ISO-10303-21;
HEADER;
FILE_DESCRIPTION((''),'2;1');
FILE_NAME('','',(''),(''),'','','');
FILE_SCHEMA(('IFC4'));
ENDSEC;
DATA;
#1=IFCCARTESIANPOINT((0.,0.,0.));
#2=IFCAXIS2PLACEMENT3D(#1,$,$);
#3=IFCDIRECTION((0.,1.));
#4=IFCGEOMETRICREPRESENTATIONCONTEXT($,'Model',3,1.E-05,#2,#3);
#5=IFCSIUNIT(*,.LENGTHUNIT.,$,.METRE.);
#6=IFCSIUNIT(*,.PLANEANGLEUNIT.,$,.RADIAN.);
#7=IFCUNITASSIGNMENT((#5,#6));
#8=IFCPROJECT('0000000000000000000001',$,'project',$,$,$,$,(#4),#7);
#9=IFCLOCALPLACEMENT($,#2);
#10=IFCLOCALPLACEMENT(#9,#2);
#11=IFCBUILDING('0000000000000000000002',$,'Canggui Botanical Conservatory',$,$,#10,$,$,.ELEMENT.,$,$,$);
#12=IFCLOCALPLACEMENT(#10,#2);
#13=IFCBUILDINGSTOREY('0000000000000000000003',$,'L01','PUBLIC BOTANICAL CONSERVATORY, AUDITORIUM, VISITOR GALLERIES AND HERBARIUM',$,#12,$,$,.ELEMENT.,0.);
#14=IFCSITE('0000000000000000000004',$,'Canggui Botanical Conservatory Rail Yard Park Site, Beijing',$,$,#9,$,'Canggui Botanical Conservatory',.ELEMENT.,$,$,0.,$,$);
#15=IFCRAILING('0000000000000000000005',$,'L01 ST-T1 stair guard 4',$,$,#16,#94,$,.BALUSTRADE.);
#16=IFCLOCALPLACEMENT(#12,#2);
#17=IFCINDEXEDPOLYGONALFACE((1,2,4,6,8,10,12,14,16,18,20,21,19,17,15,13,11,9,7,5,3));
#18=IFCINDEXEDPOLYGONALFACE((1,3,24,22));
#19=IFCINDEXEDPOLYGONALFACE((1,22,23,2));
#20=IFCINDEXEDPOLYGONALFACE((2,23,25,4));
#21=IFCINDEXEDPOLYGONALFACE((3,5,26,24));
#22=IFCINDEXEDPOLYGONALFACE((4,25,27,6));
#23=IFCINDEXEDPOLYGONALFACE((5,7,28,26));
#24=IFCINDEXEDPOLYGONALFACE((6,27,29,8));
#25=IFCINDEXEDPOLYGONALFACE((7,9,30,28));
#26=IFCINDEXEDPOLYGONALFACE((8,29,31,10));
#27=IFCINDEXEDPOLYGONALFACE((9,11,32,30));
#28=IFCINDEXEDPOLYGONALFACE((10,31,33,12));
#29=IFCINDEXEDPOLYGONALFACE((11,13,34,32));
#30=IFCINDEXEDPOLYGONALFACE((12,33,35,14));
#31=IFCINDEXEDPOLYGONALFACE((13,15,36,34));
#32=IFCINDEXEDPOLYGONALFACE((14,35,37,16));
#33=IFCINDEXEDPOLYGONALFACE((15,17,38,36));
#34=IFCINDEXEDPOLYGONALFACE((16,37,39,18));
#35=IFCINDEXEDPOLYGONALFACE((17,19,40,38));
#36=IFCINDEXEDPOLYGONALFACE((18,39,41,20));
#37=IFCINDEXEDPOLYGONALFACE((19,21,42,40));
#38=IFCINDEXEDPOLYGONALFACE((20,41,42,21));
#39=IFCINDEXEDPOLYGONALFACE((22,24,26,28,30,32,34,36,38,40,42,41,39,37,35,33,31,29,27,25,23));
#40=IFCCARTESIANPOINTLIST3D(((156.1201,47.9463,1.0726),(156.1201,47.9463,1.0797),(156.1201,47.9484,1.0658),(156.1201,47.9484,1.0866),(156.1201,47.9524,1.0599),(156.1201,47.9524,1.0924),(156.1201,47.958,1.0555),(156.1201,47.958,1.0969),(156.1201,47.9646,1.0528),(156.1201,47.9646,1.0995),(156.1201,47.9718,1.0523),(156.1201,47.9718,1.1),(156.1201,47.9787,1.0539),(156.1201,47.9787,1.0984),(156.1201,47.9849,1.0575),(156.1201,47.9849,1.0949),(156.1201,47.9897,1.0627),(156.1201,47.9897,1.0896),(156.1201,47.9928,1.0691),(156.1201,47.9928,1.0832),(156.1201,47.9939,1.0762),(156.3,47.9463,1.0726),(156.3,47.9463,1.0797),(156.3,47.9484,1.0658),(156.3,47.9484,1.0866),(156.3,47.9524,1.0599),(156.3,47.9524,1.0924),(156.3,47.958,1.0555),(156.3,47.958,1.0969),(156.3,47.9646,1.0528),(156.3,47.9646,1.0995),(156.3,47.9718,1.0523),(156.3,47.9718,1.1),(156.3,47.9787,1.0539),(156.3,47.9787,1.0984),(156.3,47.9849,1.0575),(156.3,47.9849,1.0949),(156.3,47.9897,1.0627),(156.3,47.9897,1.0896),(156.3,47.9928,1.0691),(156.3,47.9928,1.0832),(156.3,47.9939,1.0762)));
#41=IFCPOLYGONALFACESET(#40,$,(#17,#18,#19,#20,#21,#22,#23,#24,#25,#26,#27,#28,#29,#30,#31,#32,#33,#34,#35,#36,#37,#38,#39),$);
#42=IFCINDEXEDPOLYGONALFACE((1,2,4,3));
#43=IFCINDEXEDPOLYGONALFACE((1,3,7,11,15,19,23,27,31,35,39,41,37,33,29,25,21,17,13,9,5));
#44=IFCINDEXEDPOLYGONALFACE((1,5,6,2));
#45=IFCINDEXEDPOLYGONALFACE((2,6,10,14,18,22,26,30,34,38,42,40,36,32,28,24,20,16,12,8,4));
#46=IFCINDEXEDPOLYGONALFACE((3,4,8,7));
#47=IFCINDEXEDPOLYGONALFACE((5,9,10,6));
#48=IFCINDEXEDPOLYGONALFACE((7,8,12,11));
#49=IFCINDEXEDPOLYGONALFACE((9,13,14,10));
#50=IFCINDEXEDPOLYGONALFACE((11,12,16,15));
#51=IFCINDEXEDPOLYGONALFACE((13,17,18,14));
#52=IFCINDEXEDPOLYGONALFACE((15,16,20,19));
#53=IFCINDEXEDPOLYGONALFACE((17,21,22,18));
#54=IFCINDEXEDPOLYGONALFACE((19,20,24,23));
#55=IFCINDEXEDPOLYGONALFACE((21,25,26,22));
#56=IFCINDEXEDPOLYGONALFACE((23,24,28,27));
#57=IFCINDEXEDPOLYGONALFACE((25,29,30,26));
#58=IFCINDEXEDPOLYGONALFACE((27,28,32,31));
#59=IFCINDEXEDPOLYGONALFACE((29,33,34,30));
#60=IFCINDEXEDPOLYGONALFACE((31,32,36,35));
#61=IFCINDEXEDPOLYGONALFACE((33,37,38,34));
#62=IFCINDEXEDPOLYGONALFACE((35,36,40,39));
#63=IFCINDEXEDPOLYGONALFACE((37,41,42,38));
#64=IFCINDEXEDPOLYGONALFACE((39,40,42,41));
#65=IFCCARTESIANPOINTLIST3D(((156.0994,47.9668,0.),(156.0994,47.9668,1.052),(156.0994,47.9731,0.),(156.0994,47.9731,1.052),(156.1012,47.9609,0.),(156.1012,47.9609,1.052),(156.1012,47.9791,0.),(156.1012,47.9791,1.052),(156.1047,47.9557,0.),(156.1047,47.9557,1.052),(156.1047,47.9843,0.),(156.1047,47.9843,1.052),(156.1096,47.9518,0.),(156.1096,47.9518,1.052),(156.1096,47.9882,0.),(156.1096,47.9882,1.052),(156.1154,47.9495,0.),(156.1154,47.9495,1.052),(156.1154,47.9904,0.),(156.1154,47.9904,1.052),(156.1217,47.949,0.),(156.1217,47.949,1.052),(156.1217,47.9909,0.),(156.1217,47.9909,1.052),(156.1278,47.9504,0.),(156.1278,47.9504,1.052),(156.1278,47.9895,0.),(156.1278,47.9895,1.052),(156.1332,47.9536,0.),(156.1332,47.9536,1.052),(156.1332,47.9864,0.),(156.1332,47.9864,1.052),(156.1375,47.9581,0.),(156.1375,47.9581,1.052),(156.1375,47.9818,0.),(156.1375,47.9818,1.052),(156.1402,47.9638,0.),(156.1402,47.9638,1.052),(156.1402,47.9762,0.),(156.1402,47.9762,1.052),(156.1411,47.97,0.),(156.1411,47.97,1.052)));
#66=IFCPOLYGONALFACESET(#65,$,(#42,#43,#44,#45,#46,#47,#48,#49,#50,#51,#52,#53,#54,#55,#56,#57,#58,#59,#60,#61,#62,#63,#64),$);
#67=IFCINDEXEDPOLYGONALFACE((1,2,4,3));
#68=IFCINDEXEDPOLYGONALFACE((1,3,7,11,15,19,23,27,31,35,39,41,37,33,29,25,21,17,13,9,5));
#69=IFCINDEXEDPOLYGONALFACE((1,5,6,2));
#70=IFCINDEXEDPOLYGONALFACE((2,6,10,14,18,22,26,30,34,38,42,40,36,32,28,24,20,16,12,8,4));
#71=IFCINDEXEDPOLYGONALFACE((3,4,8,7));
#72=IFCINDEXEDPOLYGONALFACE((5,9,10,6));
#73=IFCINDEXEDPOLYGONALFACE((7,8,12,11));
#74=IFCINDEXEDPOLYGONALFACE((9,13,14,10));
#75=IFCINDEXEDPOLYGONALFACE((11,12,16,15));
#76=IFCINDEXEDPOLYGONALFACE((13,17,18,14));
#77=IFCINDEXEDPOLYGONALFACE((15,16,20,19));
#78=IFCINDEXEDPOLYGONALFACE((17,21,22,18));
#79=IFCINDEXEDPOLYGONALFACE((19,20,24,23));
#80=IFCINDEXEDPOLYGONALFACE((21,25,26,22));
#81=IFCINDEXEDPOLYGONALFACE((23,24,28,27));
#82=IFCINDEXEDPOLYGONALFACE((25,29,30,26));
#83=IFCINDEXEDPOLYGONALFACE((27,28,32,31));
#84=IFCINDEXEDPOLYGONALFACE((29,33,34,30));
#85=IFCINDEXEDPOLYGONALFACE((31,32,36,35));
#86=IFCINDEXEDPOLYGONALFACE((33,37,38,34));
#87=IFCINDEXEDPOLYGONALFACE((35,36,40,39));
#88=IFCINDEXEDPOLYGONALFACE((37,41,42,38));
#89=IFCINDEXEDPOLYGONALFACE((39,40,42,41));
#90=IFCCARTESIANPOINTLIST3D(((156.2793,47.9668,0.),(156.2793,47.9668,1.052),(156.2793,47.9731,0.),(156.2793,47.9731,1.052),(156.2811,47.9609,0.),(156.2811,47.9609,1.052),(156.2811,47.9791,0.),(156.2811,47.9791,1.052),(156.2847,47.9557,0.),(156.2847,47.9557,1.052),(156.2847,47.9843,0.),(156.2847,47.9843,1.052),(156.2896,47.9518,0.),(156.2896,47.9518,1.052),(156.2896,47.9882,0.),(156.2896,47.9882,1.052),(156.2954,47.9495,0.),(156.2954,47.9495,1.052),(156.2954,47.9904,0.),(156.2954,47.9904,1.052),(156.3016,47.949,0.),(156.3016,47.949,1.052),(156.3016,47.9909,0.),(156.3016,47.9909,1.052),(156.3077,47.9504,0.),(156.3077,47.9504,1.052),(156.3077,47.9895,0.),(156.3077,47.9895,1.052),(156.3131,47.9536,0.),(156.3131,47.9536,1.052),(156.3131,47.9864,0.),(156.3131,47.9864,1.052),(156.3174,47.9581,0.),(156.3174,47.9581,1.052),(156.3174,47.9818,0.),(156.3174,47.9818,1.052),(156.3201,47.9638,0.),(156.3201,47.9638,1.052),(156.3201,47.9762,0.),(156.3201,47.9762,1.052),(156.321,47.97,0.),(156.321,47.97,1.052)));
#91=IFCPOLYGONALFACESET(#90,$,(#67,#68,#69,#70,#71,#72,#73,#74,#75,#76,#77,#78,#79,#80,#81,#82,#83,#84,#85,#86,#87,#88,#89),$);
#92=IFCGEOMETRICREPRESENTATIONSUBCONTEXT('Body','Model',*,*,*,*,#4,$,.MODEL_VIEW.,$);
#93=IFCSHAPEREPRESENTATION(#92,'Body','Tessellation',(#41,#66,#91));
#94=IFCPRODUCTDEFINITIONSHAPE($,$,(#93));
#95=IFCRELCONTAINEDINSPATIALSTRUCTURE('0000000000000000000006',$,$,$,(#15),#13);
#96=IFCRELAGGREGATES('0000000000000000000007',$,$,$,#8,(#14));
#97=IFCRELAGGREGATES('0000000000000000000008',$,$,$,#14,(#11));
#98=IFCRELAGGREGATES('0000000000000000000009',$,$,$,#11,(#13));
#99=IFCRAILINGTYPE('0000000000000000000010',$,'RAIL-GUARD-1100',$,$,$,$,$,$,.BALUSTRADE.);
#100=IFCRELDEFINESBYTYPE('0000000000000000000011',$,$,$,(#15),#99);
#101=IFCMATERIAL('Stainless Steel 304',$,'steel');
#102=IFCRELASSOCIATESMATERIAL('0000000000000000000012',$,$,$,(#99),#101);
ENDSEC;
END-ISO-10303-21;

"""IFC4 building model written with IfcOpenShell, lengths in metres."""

from ifc_helpers import new_model, si_unit, direction, frame, origin, origin_2d, place, context, subcontext, project, spatial, circle, extrude, material, type_object, element, save


model = new_model("IFC4")

# Units and contexts
model_context = context("Model", 3, precision=1e-05, world=origin(), true_north=direction((0.0, 1.0)))
body_context = subcontext(model_context, "Body", "Model", "MODEL_VIEW")
ifc_project = project(units=[si_unit("LENGTHUNIT", "METRE"), si_unit("PLANEANGLEUNIT", "RADIAN")], contexts=[model_context])

# Site, building, storey
site_placement = place(None, origin())
site = spatial("IfcSite", under=ifc_project, at=site_placement, Name="Canggui Botanical Conservatory Rail Yard Park Site, Beijing", LongName="Canggui Botanical Conservatory", CompositionType="ELEMENT", RefElevation=0.0)
building_placement = place(site_placement, origin())
building = spatial("IfcBuilding", under=site, at=building_placement, Name="Canggui Botanical Conservatory", CompositionType="ELEMENT")
storey_placement = place(building_placement, origin())
storey = spatial("IfcBuildingStorey", under=building, at=storey_placement, Name="L01", Description="PUBLIC BOTANICAL CONSERVATORY, AUDITORIUM, VISITOR GALLERIES AND HERBARIUM", CompositionType="ELEMENT", Elevation=0.0)

# Railing
ifc_material_1 = material(Name="Stainless Steel 304", Category="steel")
railing_type_1 = type_object("IfcRailingType", Name="RAIL-GUARD-1100", PredefinedType="BALUSTRADE", material=ifc_material_1)
railing_1_placement = place(storey_placement, frame((156.1201, 47.97, 0.0)))
element("IfcRailing", 1, at=railing_1_placement, inside=storey, type_object=railing_type_1, Name="L01 ST-T1 stair guard 4", PredefinedType="BALUSTRADE", context=body_context, shape_type="SweptSolid", body=[
    extrude(circle(Radius=0.0239, at=origin_2d()), frame((0.0, 0.0, 1.0762), z_axis=(1.0, 0.0, 0.0), x_axis=(0.0, 1.0, 0.0)), (0.0, 0.0, 1.0), 0.1799),
    extrude(circle(Radius=0.021, at=origin_2d()), origin(), (0.0, 0.0, 1.0), 1.052),
    extrude(circle(Radius=0.021, at=origin_2d()), frame((0.1799, 0.0, 0.0)), (0.0, 0.0, 1.0), 1.052),
])

save(model, "model.ifc")
